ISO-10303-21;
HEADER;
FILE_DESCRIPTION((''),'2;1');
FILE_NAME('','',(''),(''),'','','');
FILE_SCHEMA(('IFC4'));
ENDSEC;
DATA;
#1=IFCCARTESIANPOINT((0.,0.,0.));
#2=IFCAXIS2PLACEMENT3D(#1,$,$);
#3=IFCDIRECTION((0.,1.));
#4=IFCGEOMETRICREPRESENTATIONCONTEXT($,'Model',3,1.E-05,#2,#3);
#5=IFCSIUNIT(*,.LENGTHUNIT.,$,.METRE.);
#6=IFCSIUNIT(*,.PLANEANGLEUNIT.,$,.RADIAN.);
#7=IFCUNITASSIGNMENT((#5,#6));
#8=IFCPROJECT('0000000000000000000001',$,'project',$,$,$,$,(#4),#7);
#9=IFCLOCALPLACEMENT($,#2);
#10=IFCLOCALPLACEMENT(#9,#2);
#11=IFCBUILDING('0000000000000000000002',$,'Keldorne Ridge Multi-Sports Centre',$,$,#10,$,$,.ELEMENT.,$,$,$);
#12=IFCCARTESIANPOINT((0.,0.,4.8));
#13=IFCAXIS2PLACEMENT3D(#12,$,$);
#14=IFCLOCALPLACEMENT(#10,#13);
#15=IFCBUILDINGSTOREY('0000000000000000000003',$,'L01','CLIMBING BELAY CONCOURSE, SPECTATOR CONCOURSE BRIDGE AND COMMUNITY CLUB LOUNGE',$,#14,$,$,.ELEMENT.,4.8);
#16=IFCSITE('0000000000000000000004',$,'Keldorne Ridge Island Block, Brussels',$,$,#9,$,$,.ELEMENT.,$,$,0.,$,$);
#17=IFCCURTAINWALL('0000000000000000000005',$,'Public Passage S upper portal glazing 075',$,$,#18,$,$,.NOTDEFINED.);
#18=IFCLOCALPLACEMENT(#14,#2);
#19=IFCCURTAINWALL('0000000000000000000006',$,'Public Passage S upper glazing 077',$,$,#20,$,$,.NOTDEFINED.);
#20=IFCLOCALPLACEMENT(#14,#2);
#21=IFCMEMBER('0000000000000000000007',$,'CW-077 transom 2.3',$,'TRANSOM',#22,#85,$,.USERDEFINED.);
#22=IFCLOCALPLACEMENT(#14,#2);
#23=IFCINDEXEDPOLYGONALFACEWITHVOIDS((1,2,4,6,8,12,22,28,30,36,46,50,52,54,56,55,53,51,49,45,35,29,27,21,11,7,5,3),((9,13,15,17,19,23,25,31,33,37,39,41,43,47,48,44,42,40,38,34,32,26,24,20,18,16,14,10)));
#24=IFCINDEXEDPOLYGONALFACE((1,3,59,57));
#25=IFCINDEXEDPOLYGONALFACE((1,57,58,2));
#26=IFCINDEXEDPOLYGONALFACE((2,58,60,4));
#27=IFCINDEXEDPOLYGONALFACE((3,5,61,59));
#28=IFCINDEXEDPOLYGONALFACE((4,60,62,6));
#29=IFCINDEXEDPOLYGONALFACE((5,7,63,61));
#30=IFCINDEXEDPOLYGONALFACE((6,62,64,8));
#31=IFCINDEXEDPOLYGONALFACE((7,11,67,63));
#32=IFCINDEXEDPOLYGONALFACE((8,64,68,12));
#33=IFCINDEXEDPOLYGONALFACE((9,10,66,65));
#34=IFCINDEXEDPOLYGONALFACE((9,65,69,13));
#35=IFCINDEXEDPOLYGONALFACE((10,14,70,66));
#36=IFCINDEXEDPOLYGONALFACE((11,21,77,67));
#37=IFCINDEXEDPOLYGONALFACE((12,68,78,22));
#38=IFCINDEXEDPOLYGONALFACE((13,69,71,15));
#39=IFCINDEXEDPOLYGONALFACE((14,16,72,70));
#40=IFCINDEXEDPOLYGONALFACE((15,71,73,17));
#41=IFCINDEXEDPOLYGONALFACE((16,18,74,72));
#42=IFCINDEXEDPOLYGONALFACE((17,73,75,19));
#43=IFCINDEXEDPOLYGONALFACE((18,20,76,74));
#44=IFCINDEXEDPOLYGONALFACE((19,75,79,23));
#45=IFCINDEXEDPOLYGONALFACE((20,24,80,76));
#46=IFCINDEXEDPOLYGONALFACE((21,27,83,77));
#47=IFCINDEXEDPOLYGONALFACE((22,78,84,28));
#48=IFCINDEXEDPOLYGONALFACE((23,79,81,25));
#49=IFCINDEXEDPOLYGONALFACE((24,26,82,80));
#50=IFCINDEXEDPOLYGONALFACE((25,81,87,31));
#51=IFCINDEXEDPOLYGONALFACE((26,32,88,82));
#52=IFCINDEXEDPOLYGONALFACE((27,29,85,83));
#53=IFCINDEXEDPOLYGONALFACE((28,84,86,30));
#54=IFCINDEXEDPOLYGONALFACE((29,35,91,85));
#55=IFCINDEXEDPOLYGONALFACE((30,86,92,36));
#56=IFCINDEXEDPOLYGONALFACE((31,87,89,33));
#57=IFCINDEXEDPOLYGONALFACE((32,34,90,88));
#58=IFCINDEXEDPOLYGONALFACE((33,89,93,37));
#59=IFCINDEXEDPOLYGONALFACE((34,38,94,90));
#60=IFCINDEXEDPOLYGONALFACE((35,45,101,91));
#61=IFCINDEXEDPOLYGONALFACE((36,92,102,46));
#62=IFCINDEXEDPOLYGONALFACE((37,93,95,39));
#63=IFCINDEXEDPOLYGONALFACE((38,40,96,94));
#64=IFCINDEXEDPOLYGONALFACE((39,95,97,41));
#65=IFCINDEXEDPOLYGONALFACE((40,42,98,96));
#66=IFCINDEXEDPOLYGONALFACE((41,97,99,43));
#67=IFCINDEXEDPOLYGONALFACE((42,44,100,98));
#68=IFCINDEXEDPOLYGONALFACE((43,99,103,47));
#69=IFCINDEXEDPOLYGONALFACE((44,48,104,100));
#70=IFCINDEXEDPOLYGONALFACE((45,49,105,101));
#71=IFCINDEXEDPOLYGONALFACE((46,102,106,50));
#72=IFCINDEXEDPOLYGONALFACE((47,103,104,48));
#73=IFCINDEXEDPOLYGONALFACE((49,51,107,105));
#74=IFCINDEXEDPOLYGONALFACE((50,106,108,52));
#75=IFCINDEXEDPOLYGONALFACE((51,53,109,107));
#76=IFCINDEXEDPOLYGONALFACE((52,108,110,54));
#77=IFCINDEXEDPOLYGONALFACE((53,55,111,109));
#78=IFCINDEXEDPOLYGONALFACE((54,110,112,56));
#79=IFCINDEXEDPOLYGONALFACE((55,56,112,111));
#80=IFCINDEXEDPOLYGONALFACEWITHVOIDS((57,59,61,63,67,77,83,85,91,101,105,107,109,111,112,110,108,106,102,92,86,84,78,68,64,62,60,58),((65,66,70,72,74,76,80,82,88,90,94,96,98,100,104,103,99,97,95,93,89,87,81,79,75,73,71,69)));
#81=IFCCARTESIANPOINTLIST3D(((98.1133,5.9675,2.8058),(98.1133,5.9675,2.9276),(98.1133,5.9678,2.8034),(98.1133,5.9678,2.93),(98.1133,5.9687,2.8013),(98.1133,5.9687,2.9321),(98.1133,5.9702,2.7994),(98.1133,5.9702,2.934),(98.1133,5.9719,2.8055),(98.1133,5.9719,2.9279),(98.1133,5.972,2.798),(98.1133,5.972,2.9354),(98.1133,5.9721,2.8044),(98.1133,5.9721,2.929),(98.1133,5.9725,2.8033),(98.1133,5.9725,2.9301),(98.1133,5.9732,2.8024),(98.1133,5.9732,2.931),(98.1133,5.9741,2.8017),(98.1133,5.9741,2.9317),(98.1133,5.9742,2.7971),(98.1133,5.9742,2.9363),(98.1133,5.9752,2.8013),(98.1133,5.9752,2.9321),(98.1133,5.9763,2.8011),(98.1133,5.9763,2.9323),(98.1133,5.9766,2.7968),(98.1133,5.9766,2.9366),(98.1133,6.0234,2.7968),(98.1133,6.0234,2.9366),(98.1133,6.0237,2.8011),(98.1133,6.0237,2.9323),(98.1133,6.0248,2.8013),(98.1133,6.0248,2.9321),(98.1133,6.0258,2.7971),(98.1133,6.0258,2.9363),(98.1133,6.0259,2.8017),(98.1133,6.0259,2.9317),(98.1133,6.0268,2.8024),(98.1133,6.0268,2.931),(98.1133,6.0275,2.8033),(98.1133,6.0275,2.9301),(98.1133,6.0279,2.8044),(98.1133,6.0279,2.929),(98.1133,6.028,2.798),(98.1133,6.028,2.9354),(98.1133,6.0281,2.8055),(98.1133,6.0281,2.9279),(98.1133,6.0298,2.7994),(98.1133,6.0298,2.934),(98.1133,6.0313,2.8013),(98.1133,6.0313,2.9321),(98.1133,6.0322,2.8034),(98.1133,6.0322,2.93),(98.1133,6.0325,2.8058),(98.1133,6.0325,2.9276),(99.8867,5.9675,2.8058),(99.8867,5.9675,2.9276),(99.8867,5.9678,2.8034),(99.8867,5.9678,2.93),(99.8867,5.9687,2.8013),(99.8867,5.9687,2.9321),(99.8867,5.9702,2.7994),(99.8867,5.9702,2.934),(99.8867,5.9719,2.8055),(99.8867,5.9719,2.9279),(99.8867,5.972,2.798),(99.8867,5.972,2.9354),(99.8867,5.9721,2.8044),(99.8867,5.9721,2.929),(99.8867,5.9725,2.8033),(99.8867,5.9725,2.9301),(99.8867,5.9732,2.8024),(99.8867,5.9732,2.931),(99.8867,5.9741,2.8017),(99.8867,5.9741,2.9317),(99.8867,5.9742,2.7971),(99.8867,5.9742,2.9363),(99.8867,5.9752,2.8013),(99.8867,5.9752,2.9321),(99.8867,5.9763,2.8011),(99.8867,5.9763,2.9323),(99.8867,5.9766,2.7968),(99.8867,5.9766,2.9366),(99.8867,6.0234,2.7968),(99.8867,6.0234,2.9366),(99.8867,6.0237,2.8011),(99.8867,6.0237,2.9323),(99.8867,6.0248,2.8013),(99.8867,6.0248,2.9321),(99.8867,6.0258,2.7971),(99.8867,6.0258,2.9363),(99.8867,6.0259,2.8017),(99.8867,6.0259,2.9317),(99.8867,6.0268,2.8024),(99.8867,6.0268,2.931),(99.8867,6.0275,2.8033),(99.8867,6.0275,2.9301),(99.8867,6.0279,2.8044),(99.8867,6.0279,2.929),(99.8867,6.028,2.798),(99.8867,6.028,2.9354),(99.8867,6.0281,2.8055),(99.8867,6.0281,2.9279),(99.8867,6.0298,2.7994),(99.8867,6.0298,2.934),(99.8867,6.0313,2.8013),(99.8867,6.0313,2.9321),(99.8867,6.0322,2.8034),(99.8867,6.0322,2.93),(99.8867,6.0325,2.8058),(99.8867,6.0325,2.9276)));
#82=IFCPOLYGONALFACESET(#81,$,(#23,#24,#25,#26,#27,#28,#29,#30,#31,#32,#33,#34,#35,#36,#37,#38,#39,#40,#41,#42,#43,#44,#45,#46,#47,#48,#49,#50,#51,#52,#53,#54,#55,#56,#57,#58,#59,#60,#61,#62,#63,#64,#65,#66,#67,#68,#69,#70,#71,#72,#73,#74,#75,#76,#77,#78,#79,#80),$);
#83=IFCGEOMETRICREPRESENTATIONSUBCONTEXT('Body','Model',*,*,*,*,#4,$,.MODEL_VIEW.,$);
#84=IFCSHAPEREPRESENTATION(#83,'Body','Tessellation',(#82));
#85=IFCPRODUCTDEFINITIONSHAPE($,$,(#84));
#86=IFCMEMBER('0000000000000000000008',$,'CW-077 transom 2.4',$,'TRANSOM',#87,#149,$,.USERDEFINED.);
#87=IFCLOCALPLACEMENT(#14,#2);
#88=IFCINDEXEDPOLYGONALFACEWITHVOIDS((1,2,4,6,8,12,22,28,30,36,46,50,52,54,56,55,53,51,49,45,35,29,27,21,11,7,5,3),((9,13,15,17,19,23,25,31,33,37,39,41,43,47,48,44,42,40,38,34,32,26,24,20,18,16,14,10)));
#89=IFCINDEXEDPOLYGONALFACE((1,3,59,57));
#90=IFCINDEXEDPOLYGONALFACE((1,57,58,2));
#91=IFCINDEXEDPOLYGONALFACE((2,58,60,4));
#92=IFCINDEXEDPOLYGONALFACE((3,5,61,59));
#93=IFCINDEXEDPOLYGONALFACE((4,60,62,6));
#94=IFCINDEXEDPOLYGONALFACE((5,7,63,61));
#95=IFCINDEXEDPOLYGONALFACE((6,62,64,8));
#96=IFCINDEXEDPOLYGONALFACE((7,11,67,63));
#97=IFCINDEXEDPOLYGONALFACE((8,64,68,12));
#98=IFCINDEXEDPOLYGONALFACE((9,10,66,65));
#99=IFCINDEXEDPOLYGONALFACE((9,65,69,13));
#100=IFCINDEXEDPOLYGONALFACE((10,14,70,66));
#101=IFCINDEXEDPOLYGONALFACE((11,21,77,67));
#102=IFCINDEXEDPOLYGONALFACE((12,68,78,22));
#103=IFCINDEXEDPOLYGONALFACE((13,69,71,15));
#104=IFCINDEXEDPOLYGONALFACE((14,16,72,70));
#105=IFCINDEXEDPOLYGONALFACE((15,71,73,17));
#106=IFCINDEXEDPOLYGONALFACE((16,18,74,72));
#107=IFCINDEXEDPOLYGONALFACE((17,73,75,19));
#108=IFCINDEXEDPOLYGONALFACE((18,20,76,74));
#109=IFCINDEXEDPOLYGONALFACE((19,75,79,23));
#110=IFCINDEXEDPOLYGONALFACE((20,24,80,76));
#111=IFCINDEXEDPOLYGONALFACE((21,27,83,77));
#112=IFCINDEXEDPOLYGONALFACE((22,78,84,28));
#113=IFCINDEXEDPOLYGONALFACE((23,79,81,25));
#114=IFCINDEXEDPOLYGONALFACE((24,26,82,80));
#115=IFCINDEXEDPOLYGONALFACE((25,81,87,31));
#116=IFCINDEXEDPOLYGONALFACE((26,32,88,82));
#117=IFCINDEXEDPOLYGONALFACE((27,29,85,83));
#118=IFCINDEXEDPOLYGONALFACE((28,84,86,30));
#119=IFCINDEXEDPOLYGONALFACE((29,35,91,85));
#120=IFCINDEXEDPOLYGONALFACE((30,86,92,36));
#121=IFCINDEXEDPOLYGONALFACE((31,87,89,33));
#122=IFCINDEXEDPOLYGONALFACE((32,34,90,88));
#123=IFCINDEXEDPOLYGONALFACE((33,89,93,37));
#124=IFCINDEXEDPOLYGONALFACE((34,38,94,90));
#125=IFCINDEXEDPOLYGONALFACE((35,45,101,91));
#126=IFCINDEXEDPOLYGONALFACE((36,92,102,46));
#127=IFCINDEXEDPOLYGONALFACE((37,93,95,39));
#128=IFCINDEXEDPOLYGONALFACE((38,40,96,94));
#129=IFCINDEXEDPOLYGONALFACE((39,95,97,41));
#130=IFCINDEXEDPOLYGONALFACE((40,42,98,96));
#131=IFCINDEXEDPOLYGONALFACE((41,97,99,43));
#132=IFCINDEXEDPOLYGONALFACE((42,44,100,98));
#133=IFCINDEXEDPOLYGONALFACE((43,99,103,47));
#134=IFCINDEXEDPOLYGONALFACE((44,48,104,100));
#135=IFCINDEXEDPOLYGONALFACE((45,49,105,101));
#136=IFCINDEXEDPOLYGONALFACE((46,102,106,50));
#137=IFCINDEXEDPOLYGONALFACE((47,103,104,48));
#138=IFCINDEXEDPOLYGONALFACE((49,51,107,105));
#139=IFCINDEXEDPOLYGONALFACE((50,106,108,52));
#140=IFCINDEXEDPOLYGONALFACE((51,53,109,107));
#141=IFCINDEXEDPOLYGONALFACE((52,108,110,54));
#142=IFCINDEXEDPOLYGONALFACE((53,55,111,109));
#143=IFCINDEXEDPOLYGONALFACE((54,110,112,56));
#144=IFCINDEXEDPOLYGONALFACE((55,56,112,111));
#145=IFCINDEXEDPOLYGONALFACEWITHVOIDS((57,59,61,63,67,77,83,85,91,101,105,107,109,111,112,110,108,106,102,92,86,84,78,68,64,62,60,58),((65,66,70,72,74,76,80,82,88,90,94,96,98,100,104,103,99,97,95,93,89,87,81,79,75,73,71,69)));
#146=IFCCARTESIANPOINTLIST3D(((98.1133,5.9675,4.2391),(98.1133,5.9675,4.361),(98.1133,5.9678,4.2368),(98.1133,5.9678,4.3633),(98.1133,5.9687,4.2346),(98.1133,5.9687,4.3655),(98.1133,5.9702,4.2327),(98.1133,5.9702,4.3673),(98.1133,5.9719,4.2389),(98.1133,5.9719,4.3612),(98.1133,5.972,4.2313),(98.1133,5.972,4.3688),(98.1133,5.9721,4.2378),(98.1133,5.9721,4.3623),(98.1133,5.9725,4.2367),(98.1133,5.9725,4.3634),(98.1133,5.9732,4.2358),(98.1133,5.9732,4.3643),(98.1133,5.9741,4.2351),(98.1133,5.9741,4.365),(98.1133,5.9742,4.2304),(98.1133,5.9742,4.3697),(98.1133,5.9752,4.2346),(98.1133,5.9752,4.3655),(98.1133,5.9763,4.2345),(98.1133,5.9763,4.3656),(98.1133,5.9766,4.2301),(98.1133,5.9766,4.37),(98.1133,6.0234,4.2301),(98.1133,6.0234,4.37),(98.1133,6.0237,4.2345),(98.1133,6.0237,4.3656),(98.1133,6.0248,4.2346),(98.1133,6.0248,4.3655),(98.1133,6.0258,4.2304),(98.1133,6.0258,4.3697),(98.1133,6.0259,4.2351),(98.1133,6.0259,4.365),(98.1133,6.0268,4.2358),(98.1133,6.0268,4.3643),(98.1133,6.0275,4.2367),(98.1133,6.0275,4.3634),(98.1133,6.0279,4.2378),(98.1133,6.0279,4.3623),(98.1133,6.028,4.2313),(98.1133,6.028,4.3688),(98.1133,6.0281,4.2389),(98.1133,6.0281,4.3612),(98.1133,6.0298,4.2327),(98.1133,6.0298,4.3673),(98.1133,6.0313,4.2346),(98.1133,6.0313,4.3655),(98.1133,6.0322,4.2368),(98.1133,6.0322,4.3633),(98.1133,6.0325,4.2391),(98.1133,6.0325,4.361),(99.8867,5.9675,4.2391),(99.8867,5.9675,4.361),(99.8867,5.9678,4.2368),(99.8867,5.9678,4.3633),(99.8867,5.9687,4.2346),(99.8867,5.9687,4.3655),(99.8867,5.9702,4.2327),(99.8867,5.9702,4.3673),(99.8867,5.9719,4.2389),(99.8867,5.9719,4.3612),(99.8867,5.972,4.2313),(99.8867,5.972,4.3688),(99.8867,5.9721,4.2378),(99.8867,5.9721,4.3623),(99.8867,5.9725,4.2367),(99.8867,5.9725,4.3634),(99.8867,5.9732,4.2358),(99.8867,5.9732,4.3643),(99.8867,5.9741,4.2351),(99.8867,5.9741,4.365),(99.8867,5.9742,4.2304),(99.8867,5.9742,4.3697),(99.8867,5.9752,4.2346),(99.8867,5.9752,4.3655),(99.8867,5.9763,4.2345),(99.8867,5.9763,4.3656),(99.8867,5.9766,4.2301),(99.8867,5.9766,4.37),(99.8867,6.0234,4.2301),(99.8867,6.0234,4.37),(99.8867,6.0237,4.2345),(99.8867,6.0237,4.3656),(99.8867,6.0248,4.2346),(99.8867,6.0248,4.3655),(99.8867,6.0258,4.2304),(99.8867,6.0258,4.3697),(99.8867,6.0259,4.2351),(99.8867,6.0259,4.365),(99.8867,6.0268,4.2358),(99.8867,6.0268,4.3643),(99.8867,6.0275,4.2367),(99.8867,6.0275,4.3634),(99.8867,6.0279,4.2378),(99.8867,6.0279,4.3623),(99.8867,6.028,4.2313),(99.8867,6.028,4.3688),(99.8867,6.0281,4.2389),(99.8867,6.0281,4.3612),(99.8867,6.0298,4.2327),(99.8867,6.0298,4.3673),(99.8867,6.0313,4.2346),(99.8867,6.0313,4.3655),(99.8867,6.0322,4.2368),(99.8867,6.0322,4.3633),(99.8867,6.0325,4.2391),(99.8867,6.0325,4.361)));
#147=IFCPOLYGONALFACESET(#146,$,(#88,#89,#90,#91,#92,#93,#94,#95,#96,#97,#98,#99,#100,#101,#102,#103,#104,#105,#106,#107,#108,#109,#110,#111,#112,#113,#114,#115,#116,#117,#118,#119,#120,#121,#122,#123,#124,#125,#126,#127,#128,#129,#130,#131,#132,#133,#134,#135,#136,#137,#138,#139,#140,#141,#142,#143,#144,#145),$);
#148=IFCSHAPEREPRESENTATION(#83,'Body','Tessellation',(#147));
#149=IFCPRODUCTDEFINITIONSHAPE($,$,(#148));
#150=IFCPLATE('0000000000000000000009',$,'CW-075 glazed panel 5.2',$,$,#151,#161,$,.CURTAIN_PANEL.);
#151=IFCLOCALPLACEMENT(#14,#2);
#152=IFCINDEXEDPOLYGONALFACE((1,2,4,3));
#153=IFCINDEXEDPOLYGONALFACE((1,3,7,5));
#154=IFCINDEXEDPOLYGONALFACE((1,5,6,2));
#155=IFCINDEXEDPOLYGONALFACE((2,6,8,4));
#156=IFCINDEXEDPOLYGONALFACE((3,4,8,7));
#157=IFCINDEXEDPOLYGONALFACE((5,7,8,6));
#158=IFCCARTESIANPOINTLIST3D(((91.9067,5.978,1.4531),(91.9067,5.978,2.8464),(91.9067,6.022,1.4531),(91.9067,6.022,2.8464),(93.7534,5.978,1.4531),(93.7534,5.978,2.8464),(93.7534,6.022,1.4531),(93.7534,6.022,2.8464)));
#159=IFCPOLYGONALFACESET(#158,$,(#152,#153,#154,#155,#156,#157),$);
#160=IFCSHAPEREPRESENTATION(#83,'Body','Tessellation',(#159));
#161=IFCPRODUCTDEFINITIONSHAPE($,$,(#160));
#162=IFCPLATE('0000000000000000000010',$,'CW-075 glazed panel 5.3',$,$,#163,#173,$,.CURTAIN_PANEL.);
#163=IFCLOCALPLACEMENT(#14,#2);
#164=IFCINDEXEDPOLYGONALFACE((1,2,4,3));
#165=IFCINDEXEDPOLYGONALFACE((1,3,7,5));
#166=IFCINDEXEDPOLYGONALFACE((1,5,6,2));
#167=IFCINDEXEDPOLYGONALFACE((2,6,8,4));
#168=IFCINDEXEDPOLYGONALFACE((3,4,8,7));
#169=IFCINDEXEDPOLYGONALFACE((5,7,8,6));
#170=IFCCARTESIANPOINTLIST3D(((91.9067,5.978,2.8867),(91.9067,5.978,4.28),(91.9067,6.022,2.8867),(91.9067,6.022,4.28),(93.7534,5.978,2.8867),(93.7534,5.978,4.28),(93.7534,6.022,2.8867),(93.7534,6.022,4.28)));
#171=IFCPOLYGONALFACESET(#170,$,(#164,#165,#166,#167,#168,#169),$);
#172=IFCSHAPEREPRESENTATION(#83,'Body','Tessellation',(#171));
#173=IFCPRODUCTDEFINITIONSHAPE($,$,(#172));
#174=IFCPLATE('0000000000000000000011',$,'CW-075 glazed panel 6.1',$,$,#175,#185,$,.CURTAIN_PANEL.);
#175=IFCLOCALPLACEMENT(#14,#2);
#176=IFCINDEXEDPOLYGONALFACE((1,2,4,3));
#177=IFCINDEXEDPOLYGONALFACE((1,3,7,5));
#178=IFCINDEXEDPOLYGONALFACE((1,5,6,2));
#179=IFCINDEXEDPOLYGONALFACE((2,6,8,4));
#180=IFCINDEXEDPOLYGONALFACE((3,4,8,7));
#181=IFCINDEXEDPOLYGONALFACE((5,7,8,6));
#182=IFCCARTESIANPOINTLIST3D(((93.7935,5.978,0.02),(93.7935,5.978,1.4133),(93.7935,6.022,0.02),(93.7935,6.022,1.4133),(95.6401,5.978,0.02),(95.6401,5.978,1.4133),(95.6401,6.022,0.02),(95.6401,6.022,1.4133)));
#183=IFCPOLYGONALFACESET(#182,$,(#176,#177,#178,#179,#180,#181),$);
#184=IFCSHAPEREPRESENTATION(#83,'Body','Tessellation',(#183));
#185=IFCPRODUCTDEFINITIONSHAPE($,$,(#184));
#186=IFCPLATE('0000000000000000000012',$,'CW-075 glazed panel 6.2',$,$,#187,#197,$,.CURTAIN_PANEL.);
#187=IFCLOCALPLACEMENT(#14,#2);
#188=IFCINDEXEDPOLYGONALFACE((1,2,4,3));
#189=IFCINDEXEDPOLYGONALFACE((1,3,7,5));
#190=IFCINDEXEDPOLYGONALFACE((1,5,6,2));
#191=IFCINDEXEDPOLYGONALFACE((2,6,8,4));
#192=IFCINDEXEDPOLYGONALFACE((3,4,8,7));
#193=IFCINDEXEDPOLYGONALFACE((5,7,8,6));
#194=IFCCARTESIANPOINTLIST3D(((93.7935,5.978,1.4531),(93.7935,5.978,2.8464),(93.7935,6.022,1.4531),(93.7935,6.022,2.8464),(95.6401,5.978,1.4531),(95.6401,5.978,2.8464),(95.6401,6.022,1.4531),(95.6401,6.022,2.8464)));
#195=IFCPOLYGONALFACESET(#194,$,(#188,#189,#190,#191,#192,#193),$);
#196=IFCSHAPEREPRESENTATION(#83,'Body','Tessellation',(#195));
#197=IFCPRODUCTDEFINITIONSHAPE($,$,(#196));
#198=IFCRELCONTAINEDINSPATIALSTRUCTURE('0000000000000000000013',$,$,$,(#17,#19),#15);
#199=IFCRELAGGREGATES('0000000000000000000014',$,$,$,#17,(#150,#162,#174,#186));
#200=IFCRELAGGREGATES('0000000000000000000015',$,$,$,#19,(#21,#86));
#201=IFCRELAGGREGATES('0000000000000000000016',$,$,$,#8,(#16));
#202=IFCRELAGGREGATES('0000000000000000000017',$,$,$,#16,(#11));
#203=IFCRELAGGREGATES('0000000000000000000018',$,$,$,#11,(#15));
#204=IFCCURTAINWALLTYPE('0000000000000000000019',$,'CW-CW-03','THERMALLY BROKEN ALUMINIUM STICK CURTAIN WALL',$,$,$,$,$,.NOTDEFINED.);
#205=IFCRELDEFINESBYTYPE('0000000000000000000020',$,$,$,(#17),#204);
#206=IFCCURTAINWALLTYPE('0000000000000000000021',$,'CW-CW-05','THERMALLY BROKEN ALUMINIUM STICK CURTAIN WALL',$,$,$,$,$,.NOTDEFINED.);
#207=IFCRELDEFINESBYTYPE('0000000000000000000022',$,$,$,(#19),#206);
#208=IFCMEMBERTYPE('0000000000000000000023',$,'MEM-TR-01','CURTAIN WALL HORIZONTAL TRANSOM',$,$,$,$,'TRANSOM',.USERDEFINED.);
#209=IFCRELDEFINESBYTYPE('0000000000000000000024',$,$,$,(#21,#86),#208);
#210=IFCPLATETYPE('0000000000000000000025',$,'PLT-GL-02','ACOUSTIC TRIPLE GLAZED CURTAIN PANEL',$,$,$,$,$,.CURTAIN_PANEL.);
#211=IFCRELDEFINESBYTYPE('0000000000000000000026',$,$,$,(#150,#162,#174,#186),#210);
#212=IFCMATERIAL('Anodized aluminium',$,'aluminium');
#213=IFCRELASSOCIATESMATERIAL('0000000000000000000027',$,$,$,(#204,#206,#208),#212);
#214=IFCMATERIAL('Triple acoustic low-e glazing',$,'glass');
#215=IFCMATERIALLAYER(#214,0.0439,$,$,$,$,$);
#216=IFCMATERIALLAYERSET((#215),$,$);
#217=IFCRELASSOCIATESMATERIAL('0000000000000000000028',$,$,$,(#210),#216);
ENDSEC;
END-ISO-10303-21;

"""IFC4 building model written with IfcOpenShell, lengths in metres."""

from ifc_helpers import new_model, si_unit, direction, frame, origin, origin_2d, place, context, subcontext, project, spatial, rectangle, hollow_rectangle, extrude, material, layer, layer_set, material_profile, profile_set, type_object, element, aggregate, save


model = new_model("IFC4")

# Units and contexts
model_context = context("Model", 3, precision=1e-05, world=origin(), true_north=direction((0.0, 1.0)))
body_context = subcontext(model_context, "Body", "Model", "MODEL_VIEW")
ifc_project = project(units=[si_unit("LENGTHUNIT", "METRE"), si_unit("PLANEANGLEUNIT", "RADIAN")], contexts=[model_context])

# Site, building, storey
site_placement = place(None, origin())
site = spatial("IfcSite", under=ifc_project, at=site_placement, Name="Keldorne Ridge Island Block, Brussels", CompositionType="ELEMENT", RefElevation=0.0)
building_placement = place(site_placement, origin())
building = spatial("IfcBuilding", under=site, at=building_placement, Name="Keldorne Ridge Multi-Sports Centre", CompositionType="ELEMENT")
storey_placement = place(building_placement, frame((0.0, 0.0, 4.8)))
storey = spatial("IfcBuildingStorey", under=building, at=storey_placement, Name="L01", Description="CLIMBING BELAY CONCOURSE, SPECTATOR CONCOURSE BRIDGE AND COMMUNITY CLUB LOUNGE", CompositionType="ELEMENT", Elevation=4.8)

# Curtain walls
ifc_material_1 = material(Name="Anodized aluminium", Category="aluminium")
curtain_wall_type_1 = type_object("IfcCurtainWallType", Name="CW-CW-03", Description="THERMALLY BROKEN ALUMINIUM STICK CURTAIN WALL", PredefinedType="NOTDEFINED", material=ifc_material_1)
curtain_wall_1_placement = place(storey_placement, origin())
curtain_wall_1 = element("IfcCurtainWall", 1, at=curtain_wall_1_placement, inside=storey, type_object=curtain_wall_type_1, Name="Public Passage S upper portal glazing 075", PredefinedType="NOTDEFINED")
curtain_wall_type_2 = type_object("IfcCurtainWallType", Name="CW-CW-05", Description="THERMALLY BROKEN ALUMINIUM STICK CURTAIN WALL", PredefinedType="NOTDEFINED", material=ifc_material_1)
curtain_wall_2_placement = place(storey_placement, origin())
curtain_wall_2 = element("IfcCurtainWall", 2, at=curtain_wall_2_placement, inside=storey, type_object=curtain_wall_type_2, Name="Public Passage S upper glazing 077", PredefinedType="NOTDEFINED")

# Members
ifc_material_profile_1 = material_profile(ifc_material_1, hollow_rectangle(XDim=0.0649, YDim=0.1399, WallThickness=0.0044, InnerFilletRadius=0.0044, OuterFilletRadius=0.009, at=origin_2d()), Name="ALU TRANSOM 140x65x4.5")
ifc_profile_set_1 = profile_set([ifc_material_profile_1], Name="Anodized aluminium")
member_type_1 = type_object("IfcMemberType", Name="MEM-TR-01", Description="CURTAIN WALL HORIZONTAL TRANSOM", ElementType="TRANSOM", PredefinedType="USERDEFINED", material=ifc_profile_set_1)
member_1_placement = place(storey_placement, frame((98.1133, 6.0, 2.8667), z_axis=(1.0, 0.0, 0.0), x_axis=(0.0, 1.0, 0.0)))
member_1 = element("IfcMember", 3, at=member_1_placement, type_object=member_type_1, Name="CW-077 transom 2.3", ObjectType="TRANSOM", PredefinedType="USERDEFINED", context=body_context, shape_type="SweptSolid", body=[
    extrude(hollow_rectangle(XDim=0.0649, YDim=0.1399, WallThickness=0.0044, InnerFilletRadius=0.0044, OuterFilletRadius=0.009, at=origin_2d()), origin(), (0.0, 0.0, 1.0), 1.7734),
])
member_2_placement = place(storey_placement, frame((98.1133, 6.0, 4.3), z_axis=(1.0, 0.0, 0.0), x_axis=(0.0, 1.0, 0.0)))
member_2 = element("IfcMember", 4, at=member_2_placement, type_object=member_type_1, Name="CW-077 transom 2.4", ObjectType="TRANSOM", PredefinedType="USERDEFINED", context=body_context, shape_type="SweptSolid", body=[
    extrude(hollow_rectangle(XDim=0.0649, YDim=0.1399, WallThickness=0.0044, InnerFilletRadius=0.0044, OuterFilletRadius=0.009, at=origin_2d()), origin(), (0.0, 0.0, 1.0), 1.7734),
])

# Plates
ifc_material_2 = material(Name="Triple acoustic low-e glazing", Category="glass")
ifc_layer = layer(ifc_material_2, 0.0439)
ifc_layer_set = layer_set([ifc_layer])
plate_type = type_object("IfcPlateType", Name="PLT-GL-02", Description="ACOUSTIC TRIPLE GLAZED CURTAIN PANEL", PredefinedType="CURTAIN_PANEL", material=ifc_layer_set)
plate_1_placement = place(storey_placement, frame((92.8301, 6.0, 1.4531), z_axis=(0.0, 0.0, 1.0), x_axis=(1.0, 0.0, 0.0)))
plate_1 = element("IfcPlate", 5, at=plate_1_placement, type_object=plate_type, Name="CW-075 glazed panel 5.2", PredefinedType="CURTAIN_PANEL", context=body_context, shape_type="SweptSolid", body=[
    extrude(rectangle(XDim=1.8467, YDim=0.0439, at=origin_2d()), origin(), (0.0, 0.0, 1.0), 1.3933),
])
plate_2_placement = place(storey_placement, frame((92.8301, 6.0, 2.8867), z_axis=(0.0, 0.0, 1.0), x_axis=(1.0, 0.0, 0.0)))
plate_2 = element("IfcPlate", 6, at=plate_2_placement, type_object=plate_type, Name="CW-075 glazed panel 5.3", PredefinedType="CURTAIN_PANEL", context=body_context, shape_type="SweptSolid", body=[
    extrude(rectangle(XDim=1.8467, YDim=0.0439, at=origin_2d()), origin(), (0.0, 0.0, 1.0), 1.3933),
])
plate_3_placement = place(storey_placement, frame((94.7168, 6.0, 0.02), z_axis=(0.0, 0.0, 1.0), x_axis=(1.0, 0.0, 0.0)))
plate_3 = element("IfcPlate", 7, at=plate_3_placement, type_object=plate_type, Name="CW-075 glazed panel 6.1", PredefinedType="CURTAIN_PANEL", context=body_context, shape_type="SweptSolid", body=[
    extrude(rectangle(XDim=1.8467, YDim=0.0439, at=origin_2d()), origin(), (0.0, 0.0, 1.0), 1.3933),
])
plate_4_placement = place(storey_placement, frame((94.7168, 6.0, 1.4531), z_axis=(0.0, 0.0, 1.0), x_axis=(1.0, 0.0, 0.0)))
plate_4 = element("IfcPlate", 8, at=plate_4_placement, type_object=plate_type, Name="CW-075 glazed panel 6.2", PredefinedType="CURTAIN_PANEL", context=body_context, shape_type="SweptSolid", body=[
    extrude(rectangle(XDim=1.8467, YDim=0.0439, at=origin_2d()), origin(), (0.0, 0.0, 1.0), 1.3933),
])
aggregate(curtain_wall_1, [plate_1, plate_2, plate_3, plate_4])
aggregate(curtain_wall_2, [member_1, member_2])

save(model, "model.ifc")
